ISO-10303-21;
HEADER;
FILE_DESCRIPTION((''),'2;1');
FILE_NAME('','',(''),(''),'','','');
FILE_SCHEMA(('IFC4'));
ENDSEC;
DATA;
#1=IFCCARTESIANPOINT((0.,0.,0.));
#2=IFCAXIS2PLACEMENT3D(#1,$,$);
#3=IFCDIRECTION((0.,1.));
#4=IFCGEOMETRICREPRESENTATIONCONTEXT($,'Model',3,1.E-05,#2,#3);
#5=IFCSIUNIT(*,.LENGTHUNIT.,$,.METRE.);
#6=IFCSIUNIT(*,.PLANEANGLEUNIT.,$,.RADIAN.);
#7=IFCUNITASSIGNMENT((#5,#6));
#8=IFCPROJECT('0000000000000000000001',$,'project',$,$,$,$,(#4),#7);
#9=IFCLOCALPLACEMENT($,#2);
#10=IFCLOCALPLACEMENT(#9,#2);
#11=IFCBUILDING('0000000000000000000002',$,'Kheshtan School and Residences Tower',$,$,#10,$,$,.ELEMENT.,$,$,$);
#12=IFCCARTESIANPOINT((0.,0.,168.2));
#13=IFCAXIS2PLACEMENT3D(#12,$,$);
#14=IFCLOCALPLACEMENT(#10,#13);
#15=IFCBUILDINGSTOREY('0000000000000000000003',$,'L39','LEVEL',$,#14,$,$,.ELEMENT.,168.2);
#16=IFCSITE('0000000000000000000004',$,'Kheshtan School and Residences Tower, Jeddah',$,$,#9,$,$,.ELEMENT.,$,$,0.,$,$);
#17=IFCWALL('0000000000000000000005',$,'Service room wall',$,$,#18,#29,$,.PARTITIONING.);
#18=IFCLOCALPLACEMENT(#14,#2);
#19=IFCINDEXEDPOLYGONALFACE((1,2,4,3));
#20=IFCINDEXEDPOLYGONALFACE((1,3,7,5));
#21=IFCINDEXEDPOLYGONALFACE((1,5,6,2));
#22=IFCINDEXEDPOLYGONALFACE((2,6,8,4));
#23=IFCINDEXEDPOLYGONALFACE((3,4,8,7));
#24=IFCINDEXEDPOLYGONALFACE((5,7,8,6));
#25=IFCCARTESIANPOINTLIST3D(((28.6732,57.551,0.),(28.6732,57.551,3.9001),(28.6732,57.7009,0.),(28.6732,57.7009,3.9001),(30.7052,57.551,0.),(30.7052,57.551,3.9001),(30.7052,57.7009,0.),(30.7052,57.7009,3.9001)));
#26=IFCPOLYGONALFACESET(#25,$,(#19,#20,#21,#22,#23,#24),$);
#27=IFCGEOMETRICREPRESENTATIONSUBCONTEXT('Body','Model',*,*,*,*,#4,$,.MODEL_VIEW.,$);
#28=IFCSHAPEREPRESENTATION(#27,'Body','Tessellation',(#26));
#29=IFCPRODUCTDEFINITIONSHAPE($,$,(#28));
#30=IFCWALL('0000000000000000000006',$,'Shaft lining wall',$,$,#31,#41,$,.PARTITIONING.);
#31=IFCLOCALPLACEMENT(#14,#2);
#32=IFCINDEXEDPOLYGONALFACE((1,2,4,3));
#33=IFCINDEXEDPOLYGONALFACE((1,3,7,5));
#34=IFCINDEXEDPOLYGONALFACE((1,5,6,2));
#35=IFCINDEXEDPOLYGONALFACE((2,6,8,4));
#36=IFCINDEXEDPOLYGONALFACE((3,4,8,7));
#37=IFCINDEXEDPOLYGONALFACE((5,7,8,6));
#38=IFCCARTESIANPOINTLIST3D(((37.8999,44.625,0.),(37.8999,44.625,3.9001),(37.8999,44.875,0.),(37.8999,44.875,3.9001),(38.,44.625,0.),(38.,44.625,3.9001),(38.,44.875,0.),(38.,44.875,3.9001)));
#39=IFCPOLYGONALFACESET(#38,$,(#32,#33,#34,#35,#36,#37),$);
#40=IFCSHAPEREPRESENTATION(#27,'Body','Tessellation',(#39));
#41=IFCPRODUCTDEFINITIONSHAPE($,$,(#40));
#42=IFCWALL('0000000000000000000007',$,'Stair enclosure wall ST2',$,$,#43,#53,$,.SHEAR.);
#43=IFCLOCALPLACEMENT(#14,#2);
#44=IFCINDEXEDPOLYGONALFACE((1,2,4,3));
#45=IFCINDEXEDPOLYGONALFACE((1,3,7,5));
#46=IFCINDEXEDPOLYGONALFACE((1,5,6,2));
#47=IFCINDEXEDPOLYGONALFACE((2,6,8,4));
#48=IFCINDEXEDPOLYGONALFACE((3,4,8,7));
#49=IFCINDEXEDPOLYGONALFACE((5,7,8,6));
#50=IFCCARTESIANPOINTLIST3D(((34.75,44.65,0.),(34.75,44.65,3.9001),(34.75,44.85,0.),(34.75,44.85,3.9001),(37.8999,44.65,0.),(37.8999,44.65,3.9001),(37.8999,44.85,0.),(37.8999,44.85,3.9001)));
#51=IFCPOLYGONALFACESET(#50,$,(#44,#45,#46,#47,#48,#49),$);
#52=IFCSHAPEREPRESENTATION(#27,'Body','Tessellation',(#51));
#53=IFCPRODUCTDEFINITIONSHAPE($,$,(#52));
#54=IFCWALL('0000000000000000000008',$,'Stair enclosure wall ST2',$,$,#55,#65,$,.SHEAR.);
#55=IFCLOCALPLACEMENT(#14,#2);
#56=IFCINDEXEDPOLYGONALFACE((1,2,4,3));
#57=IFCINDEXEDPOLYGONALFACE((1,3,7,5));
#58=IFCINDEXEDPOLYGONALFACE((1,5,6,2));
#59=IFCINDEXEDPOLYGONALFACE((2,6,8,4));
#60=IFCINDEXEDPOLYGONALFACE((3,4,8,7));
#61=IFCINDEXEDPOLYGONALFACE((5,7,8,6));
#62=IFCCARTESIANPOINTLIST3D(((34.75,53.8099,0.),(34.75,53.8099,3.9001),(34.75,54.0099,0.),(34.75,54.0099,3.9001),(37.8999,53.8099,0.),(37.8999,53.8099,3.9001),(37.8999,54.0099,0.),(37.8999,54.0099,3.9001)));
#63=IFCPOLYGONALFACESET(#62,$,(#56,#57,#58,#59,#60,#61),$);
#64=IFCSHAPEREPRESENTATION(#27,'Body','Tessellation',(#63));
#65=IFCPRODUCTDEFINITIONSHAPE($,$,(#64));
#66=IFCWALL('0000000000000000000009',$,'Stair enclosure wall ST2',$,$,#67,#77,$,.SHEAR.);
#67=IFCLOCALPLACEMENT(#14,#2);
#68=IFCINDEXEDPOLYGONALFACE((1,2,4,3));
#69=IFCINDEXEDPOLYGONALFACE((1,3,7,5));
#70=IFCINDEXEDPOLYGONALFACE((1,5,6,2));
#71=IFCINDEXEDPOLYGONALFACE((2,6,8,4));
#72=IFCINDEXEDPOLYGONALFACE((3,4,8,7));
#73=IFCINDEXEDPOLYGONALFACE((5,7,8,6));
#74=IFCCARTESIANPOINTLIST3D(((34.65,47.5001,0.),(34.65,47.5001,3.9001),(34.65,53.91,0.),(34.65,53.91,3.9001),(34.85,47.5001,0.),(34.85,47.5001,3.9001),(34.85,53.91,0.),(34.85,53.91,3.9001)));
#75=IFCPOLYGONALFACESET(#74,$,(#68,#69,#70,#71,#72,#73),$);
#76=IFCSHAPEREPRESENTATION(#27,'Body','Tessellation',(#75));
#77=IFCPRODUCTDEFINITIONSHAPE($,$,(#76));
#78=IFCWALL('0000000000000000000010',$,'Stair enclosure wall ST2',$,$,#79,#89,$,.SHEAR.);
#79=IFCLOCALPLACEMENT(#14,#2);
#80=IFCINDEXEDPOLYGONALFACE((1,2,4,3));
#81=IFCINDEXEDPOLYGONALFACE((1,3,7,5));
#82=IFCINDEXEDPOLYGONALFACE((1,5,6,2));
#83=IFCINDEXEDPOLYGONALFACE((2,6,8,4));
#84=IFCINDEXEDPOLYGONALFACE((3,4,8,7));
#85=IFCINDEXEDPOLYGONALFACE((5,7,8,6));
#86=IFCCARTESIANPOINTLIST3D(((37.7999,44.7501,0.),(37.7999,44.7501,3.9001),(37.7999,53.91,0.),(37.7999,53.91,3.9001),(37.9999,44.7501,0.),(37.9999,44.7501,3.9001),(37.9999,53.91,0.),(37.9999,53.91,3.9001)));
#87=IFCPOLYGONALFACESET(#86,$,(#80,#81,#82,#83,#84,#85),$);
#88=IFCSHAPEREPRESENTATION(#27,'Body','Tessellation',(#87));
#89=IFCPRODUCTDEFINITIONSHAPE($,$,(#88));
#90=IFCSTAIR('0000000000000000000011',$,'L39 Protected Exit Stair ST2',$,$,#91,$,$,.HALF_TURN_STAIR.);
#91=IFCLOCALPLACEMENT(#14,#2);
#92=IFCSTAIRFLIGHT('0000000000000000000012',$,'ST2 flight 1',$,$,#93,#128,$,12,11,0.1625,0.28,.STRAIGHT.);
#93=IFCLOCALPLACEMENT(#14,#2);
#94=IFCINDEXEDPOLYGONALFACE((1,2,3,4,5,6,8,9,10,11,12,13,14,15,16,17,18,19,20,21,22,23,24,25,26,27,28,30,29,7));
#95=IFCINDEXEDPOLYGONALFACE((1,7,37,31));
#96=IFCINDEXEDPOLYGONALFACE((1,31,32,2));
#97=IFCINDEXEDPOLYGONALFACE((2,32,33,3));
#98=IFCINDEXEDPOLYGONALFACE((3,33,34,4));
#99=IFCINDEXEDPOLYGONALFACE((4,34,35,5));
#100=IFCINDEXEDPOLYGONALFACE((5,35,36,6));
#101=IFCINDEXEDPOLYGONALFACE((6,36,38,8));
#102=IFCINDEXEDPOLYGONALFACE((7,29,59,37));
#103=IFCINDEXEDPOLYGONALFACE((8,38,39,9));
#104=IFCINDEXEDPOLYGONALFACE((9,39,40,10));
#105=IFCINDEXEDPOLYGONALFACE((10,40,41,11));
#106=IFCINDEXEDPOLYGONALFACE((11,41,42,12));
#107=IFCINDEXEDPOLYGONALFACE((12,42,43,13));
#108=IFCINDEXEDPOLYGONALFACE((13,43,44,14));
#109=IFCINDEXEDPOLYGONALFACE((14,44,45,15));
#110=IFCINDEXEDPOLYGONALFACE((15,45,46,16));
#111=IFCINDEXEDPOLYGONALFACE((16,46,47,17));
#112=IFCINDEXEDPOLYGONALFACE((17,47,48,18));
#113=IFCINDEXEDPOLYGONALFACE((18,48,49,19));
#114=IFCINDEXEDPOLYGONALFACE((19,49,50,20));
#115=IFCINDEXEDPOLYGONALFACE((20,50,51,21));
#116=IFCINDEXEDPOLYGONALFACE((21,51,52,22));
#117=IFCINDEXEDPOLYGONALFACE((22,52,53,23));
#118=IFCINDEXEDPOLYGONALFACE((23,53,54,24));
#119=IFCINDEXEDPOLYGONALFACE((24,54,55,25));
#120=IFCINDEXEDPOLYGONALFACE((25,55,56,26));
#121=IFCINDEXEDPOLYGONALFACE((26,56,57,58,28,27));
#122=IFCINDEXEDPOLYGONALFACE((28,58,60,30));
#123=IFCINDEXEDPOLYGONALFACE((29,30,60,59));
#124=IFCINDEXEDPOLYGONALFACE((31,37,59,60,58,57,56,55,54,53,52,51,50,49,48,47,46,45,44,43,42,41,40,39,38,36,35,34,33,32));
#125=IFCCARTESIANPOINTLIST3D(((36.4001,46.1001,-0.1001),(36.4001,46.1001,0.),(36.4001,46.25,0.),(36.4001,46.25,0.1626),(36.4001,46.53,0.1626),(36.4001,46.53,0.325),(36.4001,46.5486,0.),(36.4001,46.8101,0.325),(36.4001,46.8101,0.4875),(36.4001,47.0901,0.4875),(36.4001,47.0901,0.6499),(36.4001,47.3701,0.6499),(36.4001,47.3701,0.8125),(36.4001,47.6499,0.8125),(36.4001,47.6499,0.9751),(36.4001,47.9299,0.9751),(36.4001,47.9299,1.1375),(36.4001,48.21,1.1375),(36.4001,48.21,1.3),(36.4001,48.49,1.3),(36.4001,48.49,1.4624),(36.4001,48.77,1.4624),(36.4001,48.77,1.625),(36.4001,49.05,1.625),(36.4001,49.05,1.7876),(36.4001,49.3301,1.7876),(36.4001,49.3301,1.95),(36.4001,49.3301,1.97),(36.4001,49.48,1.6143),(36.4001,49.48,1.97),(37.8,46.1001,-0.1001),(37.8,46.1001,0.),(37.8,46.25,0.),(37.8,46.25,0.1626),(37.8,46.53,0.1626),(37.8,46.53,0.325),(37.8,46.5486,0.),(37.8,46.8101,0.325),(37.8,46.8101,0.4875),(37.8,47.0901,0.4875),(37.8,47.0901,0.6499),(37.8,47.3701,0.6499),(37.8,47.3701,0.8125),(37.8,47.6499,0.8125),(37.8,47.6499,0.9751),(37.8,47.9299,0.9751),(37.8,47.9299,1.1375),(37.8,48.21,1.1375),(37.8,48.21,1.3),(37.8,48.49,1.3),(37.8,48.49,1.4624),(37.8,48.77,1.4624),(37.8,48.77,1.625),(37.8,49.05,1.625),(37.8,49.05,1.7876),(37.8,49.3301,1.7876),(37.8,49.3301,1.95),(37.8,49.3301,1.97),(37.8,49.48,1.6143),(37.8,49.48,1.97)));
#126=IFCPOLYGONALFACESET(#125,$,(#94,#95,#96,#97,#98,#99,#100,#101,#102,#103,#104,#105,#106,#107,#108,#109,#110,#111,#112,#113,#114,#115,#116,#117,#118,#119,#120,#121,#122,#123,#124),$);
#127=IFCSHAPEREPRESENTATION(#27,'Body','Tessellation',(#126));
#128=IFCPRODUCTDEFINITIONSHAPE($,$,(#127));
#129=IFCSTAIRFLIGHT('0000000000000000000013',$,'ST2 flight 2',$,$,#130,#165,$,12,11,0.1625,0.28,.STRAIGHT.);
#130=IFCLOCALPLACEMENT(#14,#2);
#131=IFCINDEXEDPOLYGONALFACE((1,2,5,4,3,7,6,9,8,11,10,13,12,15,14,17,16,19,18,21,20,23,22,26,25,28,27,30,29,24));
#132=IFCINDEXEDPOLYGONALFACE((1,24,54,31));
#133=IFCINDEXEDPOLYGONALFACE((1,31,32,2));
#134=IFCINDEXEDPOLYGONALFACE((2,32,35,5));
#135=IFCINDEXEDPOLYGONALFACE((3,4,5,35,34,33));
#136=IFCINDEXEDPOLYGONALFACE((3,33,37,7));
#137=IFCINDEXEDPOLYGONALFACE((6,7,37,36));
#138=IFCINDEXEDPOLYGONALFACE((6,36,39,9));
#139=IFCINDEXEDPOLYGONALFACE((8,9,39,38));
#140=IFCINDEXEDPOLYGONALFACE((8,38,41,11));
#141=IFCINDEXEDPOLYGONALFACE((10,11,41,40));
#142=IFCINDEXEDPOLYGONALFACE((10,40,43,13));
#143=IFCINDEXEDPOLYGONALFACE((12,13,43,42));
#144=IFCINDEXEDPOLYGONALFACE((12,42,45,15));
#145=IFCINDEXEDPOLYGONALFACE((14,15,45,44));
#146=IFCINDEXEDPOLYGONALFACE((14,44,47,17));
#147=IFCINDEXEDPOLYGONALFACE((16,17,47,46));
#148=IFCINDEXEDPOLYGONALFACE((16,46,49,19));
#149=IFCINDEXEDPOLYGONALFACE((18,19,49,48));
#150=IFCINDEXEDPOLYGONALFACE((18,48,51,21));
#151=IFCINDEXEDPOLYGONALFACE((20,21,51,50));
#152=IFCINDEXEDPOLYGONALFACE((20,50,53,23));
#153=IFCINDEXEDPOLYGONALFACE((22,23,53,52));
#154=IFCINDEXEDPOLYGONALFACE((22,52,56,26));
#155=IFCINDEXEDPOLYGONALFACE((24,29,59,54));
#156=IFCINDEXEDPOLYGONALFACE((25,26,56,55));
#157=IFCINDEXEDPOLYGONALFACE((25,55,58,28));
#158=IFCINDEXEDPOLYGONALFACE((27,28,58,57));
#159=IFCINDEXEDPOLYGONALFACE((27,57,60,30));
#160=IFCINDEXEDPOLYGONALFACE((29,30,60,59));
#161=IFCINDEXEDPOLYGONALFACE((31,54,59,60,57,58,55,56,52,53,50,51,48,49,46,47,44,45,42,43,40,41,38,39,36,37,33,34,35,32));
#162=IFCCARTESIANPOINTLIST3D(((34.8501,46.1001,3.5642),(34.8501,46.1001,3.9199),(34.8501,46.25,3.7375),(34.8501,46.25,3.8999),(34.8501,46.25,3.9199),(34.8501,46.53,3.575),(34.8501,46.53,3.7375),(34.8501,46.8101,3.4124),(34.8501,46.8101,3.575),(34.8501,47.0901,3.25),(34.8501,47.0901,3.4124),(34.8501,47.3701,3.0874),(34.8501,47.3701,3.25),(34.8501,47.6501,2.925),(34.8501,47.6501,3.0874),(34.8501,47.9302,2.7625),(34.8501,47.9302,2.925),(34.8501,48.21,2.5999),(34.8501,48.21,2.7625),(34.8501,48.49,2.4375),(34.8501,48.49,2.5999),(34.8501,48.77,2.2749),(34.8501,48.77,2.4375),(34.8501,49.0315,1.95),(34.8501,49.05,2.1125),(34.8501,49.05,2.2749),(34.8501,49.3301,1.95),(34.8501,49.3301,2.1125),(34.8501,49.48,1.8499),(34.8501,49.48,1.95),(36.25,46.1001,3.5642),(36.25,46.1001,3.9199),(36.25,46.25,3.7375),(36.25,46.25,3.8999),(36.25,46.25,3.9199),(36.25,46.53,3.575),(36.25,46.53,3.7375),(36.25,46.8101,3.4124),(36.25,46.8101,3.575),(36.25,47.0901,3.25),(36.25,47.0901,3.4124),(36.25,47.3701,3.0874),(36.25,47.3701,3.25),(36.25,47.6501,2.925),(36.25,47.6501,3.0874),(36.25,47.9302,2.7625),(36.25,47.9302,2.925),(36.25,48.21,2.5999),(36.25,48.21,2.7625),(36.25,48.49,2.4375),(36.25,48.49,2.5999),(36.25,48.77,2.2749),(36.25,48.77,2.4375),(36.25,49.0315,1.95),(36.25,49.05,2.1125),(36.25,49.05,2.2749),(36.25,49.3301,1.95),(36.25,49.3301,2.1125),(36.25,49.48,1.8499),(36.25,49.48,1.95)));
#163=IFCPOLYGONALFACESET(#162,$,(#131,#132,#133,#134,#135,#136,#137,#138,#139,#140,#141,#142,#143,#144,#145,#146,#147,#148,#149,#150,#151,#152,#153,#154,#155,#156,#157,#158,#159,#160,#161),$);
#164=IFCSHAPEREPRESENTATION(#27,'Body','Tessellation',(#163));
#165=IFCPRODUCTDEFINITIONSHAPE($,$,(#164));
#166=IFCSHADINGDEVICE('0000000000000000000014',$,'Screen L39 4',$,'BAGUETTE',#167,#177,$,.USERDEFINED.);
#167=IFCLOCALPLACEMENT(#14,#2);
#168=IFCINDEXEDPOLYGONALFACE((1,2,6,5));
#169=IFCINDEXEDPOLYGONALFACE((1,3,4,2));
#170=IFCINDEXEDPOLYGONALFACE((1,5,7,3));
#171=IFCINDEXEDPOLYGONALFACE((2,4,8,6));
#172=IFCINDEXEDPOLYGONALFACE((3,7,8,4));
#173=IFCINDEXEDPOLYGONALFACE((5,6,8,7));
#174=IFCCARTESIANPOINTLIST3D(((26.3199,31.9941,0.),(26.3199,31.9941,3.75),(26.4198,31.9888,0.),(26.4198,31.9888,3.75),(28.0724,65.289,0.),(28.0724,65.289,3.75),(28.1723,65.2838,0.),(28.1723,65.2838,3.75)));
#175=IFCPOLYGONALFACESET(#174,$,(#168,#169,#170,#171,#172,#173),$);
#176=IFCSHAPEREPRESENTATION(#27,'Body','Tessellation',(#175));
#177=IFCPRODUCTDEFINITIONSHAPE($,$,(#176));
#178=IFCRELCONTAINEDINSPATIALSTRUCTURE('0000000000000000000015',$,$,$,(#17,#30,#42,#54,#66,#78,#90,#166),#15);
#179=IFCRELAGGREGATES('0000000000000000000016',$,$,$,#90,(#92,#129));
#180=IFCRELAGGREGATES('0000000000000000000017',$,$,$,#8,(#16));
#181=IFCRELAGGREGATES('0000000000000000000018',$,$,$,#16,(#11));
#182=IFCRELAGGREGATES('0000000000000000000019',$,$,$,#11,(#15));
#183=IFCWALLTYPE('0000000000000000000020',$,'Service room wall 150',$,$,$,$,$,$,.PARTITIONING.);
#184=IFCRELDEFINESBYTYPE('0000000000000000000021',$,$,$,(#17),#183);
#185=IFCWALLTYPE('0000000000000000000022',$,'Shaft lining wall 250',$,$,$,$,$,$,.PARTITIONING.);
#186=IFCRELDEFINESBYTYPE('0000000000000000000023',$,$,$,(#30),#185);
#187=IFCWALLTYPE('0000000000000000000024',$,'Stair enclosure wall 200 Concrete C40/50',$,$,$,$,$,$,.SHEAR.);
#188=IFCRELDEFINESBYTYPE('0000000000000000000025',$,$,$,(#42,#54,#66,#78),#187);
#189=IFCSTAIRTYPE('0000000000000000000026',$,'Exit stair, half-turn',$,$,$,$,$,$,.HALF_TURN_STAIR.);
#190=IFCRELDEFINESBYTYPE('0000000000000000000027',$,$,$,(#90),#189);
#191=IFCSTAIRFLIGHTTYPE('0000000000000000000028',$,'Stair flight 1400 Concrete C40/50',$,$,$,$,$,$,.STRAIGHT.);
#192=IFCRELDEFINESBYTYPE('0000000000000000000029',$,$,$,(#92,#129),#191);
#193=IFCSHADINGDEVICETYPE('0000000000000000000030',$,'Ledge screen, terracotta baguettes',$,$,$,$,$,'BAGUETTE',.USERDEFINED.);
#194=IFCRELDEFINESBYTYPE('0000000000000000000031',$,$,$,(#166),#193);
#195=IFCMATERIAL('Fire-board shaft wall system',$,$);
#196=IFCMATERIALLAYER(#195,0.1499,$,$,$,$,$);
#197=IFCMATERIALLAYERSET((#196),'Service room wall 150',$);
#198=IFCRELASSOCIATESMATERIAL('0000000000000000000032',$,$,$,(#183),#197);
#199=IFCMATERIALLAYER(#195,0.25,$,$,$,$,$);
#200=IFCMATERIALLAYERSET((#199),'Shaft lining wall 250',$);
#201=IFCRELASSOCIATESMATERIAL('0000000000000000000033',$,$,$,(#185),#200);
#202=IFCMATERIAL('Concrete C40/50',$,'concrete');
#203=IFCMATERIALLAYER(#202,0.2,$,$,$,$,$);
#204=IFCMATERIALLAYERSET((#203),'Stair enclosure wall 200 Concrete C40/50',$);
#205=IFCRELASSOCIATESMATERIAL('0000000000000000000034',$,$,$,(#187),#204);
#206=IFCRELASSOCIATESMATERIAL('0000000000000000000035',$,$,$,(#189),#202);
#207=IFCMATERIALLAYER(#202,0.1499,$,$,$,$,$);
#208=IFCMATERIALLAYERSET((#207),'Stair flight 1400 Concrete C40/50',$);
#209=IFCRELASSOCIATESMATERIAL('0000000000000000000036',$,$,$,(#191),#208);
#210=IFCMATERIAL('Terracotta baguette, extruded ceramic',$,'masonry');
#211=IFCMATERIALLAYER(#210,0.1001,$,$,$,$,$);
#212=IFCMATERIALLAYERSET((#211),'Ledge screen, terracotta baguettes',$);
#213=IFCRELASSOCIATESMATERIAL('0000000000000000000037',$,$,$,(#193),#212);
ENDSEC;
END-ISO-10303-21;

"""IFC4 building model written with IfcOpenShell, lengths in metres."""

from ifc_helpers import new_model, si_unit, direction, frame, frame_2d, origin, origin_2d, place, context, subcontext, project, spatial, polyline, rectangle, outline, extrude, material, layer, layer_set, type_object, element, aggregate, save


model = new_model("IFC4")

# Units and contexts
model_context = context("Model", 3, precision=1e-05, world=origin(), true_north=direction((0.0, 1.0)))
body_context = subcontext(model_context, "Body", "Model", "MODEL_VIEW")
ifc_project = project(units=[si_unit("LENGTHUNIT", "METRE"), si_unit("PLANEANGLEUNIT", "RADIAN")], contexts=[model_context])

# Site, building, storey
site_placement = place(None, origin())
site = spatial("IfcSite", under=ifc_project, at=site_placement, Name="Kheshtan School and Residences Tower, Jeddah", CompositionType="ELEMENT", RefElevation=0.0)
building_placement = place(site_placement, origin())
building = spatial("IfcBuilding", under=site, at=building_placement, Name="Kheshtan School and Residences Tower", CompositionType="ELEMENT")
storey_placement = place(building_placement, frame((0.0, 0.0, 168.2)))
storey = spatial("IfcBuildingStorey", under=building, at=storey_placement, Name="L39", Description="LEVEL", CompositionType="ELEMENT", Elevation=168.2)

# Shared definitions
ifc_material_1 = material(Name="Fire-board shaft wall system")
ifc_layer_1 = layer(ifc_material_1, 0.1499)
ifc_layer_set_1 = layer_set([ifc_layer_1], Name="Service room wall 150")
wall_type_1 = type_object("IfcWallType", Name="Service room wall 150", PredefinedType="PARTITIONING", material=ifc_layer_set_1)

# Walls
wall_1_placement = place(storey_placement, frame((28.6731, 57.626, 0.0), z_axis=(0.0, 0.0, 1.0), x_axis=(1.0, 0.0, 0.0)))
element("IfcWall", 1, at=wall_1_placement, inside=storey, type_object=wall_type_1, Name="Service room wall", PredefinedType="PARTITIONING", context=body_context, shape_type="SweptSolid", body=[
    extrude(rectangle(XDim=2.032, YDim=0.1499, at=frame_2d((1.0161, 0.0))), origin(), (0.0, 0.0, 1.0), 3.9001),
])
ifc_layer_2 = layer(ifc_material_1, 0.25)
ifc_layer_set_2 = layer_set([ifc_layer_2], Name="Shaft lining wall 250")
wall_type_2 = type_object("IfcWallType", Name="Shaft lining wall 250", PredefinedType="PARTITIONING", material=ifc_layer_set_2)
wall_2_placement = place(storey_placement, frame((37.8999, 44.75, 0.0), z_axis=(0.0, 0.0, 1.0), x_axis=(1.0, 0.0, 0.0)))
element("IfcWall", 2, at=wall_2_placement, inside=storey, type_object=wall_type_2, Name="Shaft lining wall", PredefinedType="PARTITIONING", context=body_context, shape_type="SweptSolid", body=[
    extrude(rectangle(XDim=0.1001, YDim=0.25, at=frame_2d((0.05, 0.0))), origin(), (0.0, 0.0, 1.0), 3.9001),
])
ifc_material_2 = material(Name="Concrete C40/50", Category="concrete")
ifc_layer_3 = layer(ifc_material_2, 0.2)
ifc_layer_set_3 = layer_set([ifc_layer_3], Name="Stair enclosure wall 200 Concrete C40/50")
wall_type_3 = type_object("IfcWallType", Name="Stair enclosure wall 200 Concrete C40/50", PredefinedType="SHEAR", material=ifc_layer_set_3)
for number, where, z_axis, x_axis, name in (
    (3, (34.75, 44.75, 0.0), (0.0, 0.0, 1.0), (1.0, 0.0, 0.0), "Stair enclosure wall ST2"),
    (4, (34.75, 53.9099, 0.0), (0.0, 0.0, 1.0), (1.0, 0.0, 0.0), "Stair enclosure wall ST2"),
):
    element("IfcWall", number, at=place(storey_placement, frame(where, z_axis=z_axis, x_axis=x_axis)), inside=storey, type_object=wall_type_3, Name=name, PredefinedType="SHEAR", context=body_context, shape_type="SweptSolid", body=[
        extrude(rectangle(XDim=3.1499, YDim=0.2, at=frame_2d((1.575, 0.0))), origin(), (0.0, 0.0, 1.0), 3.9001),
    ])
wall_3_placement = place(storey_placement, frame((34.75, 47.5, 0.0), z_axis=(0.0, 0.0, 1.0), x_axis=(0.0, 1.0, 0.0)))
element("IfcWall", 5, at=wall_3_placement, inside=storey, type_object=wall_type_3, Name="Stair enclosure wall ST2", PredefinedType="SHEAR", context=body_context, shape_type="SweptSolid", body=[
    extrude(rectangle(XDim=6.4099, YDim=0.2, at=frame_2d((3.2051, 0.0))), origin(), (0.0, 0.0, 1.0), 3.9001),
])
wall_4_placement = place(storey_placement, frame((37.8999, 44.75, 0.0), z_axis=(0.0, 0.0, 1.0), x_axis=(0.0, 1.0, 0.0)))
element("IfcWall", 6, at=wall_4_placement, inside=storey, type_object=wall_type_3, Name="Stair enclosure wall ST2", PredefinedType="SHEAR", context=body_context, shape_type="SweptSolid", body=[
    extrude(rectangle(XDim=9.1599, YDim=0.2, at=frame_2d((4.5801, 0.0))), origin(), (0.0, 0.0, 1.0), 3.9001),
])

# Stair, stair flights
stair_type = type_object("IfcStairType", Name="Exit stair, half-turn", PredefinedType="HALF_TURN_STAIR", material=ifc_material_2)
stair_placement = place(storey_placement, origin())
stair = element("IfcStair", 7, at=stair_placement, inside=storey, type_object=stair_type, Name="L39 Protected Exit Stair ST2", PredefinedType="HALF_TURN_STAIR")
ifc_layer_4 = layer(ifc_material_2, 0.1499)
ifc_layer_set_4 = layer_set([ifc_layer_4], Name="Stair flight 1400 Concrete C40/50")
stair_flight_type = type_object("IfcStairFlightType", Name="Stair flight 1400 Concrete C40/50", PredefinedType="STRAIGHT", material=ifc_layer_set_4)
stair_flight_1_placement = place(storey_placement, frame((37.1001, 46.25, 0.0), z_axis=(0.0, 0.0, 1.0), x_axis=(0.0, 1.0, 0.0)))
stair_flight_1 = element("IfcStairFlight", 8, at=stair_flight_1_placement, type_object=stair_flight_type, Name="ST2 flight 1", NumberOfRisers=12, NumberOfTreads=11, PredefinedType="STRAIGHT", RiserHeight=0.1625, TreadLength=0.28, context=body_context, shape_type="SweptSolid", body=[
    extrude(outline(polyline([(-0.1499, -0.1001), (-0.1499, 0.0), (0.0, 0.0), (0.0, 0.1626), (0.28, 0.1626), (0.28, 0.325), (0.5601, 0.325), (0.5601, 0.4875), (0.8401, 0.4875), (0.8401, 0.6499), (1.1201, 0.6499), (1.1201, 0.8125), (1.3999, 0.8125), (1.3999, 0.9751), (1.6799, 0.9751), (1.6799, 1.1375), (1.96, 1.1375), (1.96, 1.3), (2.24, 1.3), (2.24, 1.4624), (2.52, 1.4624), (2.52, 1.625), (2.8, 1.625), (2.8, 1.7876), (3.0801, 1.7876), (3.0801, 1.95), (3.0801, 1.97), (3.23, 1.97), (3.23, 1.6143), (0.2986, 0.0), (-0.1499, -0.1001)])), frame((0.0, 0.7, 0.0), z_axis=(0.0, -1.0, 0.0), x_axis=(1.0, 0.0, 0.0)), (0.0, 0.0, 1.0), 1.3999),
])
stair_flight_2_placement = place(storey_placement, frame((35.55, 49.3301, 1.95), z_axis=(0.0, 0.0, 1.0), x_axis=(0.0, -1.0, 0.0)))
stair_flight_2 = element("IfcStairFlight", 9, at=stair_flight_2_placement, type_object=stair_flight_type, Name="ST2 flight 2", NumberOfRisers=12, NumberOfTreads=11, PredefinedType="STRAIGHT", RiserHeight=0.1625, TreadLength=0.28, context=body_context, shape_type="SweptSolid", body=[
    extrude(outline(polyline([(-0.1499, -0.1001), (-0.1499, 0.0), (0.0, 0.0), (0.0, 0.1626), (0.28, 0.1626), (0.28, 0.325), (0.5601, 0.325), (0.5601, 0.4875), (0.8401, 0.4875), (0.8401, 0.6499), (1.1201, 0.6499), (1.1201, 0.8125), (1.3999, 0.8125), (1.3999, 0.9751), (1.6799, 0.9751), (1.6799, 1.1375), (1.96, 1.1375), (1.96, 1.3), (2.24, 1.3), (2.24, 1.4624), (2.52, 1.4624), (2.52, 1.625), (2.8, 1.625), (2.8, 1.7876), (3.0801, 1.7876), (3.0801, 1.95), (3.0801, 1.97), (3.23, 1.97), (3.23, 1.6143), (0.2986, 0.0), (-0.1499, -0.1001)])), frame((0.0, 0.7, 0.0), z_axis=(0.0, -1.0, 0.0), x_axis=(1.0, 0.0, 0.0)), (0.0, 0.0, 1.0), 1.3999),
])
aggregate(stair, [stair_flight_1, stair_flight_2])

# Shading device
ifc_material_3 = material(Name="Terracotta baguette, extruded ceramic", Category="masonry")
ifc_layer_5 = layer(ifc_material_3, 0.1001)
ifc_layer_set_5 = layer_set([ifc_layer_5], Name="Ledge screen, terracotta baguettes")
shading_device_type = type_object("IfcShadingDeviceType", Name="Ledge screen, terracotta baguettes", ElementType="BAGUETTE", PredefinedType="USERDEFINED", material=ifc_layer_set_5)
shading_device_placement = place(storey_placement, frame((27.2461, 48.6389, 0.0), z_axis=(0.0, 0.0, 1.0), x_axis=(0.052563, 0.998618, 0.0)))
element("IfcShadingDevice", 10, at=shading_device_placement, inside=storey, type_object=shading_device_type, Name="Screen L39 4", ObjectType="BAGUETTE", PredefinedType="USERDEFINED", context=body_context, shape_type="SweptSolid", body=[
    extrude(rectangle(XDim=33.3411, YDim=0.1001, at=origin_2d()), origin(), (0.0, 0.0, 1.0), 3.75),
])

save(model, "model.ifc")
